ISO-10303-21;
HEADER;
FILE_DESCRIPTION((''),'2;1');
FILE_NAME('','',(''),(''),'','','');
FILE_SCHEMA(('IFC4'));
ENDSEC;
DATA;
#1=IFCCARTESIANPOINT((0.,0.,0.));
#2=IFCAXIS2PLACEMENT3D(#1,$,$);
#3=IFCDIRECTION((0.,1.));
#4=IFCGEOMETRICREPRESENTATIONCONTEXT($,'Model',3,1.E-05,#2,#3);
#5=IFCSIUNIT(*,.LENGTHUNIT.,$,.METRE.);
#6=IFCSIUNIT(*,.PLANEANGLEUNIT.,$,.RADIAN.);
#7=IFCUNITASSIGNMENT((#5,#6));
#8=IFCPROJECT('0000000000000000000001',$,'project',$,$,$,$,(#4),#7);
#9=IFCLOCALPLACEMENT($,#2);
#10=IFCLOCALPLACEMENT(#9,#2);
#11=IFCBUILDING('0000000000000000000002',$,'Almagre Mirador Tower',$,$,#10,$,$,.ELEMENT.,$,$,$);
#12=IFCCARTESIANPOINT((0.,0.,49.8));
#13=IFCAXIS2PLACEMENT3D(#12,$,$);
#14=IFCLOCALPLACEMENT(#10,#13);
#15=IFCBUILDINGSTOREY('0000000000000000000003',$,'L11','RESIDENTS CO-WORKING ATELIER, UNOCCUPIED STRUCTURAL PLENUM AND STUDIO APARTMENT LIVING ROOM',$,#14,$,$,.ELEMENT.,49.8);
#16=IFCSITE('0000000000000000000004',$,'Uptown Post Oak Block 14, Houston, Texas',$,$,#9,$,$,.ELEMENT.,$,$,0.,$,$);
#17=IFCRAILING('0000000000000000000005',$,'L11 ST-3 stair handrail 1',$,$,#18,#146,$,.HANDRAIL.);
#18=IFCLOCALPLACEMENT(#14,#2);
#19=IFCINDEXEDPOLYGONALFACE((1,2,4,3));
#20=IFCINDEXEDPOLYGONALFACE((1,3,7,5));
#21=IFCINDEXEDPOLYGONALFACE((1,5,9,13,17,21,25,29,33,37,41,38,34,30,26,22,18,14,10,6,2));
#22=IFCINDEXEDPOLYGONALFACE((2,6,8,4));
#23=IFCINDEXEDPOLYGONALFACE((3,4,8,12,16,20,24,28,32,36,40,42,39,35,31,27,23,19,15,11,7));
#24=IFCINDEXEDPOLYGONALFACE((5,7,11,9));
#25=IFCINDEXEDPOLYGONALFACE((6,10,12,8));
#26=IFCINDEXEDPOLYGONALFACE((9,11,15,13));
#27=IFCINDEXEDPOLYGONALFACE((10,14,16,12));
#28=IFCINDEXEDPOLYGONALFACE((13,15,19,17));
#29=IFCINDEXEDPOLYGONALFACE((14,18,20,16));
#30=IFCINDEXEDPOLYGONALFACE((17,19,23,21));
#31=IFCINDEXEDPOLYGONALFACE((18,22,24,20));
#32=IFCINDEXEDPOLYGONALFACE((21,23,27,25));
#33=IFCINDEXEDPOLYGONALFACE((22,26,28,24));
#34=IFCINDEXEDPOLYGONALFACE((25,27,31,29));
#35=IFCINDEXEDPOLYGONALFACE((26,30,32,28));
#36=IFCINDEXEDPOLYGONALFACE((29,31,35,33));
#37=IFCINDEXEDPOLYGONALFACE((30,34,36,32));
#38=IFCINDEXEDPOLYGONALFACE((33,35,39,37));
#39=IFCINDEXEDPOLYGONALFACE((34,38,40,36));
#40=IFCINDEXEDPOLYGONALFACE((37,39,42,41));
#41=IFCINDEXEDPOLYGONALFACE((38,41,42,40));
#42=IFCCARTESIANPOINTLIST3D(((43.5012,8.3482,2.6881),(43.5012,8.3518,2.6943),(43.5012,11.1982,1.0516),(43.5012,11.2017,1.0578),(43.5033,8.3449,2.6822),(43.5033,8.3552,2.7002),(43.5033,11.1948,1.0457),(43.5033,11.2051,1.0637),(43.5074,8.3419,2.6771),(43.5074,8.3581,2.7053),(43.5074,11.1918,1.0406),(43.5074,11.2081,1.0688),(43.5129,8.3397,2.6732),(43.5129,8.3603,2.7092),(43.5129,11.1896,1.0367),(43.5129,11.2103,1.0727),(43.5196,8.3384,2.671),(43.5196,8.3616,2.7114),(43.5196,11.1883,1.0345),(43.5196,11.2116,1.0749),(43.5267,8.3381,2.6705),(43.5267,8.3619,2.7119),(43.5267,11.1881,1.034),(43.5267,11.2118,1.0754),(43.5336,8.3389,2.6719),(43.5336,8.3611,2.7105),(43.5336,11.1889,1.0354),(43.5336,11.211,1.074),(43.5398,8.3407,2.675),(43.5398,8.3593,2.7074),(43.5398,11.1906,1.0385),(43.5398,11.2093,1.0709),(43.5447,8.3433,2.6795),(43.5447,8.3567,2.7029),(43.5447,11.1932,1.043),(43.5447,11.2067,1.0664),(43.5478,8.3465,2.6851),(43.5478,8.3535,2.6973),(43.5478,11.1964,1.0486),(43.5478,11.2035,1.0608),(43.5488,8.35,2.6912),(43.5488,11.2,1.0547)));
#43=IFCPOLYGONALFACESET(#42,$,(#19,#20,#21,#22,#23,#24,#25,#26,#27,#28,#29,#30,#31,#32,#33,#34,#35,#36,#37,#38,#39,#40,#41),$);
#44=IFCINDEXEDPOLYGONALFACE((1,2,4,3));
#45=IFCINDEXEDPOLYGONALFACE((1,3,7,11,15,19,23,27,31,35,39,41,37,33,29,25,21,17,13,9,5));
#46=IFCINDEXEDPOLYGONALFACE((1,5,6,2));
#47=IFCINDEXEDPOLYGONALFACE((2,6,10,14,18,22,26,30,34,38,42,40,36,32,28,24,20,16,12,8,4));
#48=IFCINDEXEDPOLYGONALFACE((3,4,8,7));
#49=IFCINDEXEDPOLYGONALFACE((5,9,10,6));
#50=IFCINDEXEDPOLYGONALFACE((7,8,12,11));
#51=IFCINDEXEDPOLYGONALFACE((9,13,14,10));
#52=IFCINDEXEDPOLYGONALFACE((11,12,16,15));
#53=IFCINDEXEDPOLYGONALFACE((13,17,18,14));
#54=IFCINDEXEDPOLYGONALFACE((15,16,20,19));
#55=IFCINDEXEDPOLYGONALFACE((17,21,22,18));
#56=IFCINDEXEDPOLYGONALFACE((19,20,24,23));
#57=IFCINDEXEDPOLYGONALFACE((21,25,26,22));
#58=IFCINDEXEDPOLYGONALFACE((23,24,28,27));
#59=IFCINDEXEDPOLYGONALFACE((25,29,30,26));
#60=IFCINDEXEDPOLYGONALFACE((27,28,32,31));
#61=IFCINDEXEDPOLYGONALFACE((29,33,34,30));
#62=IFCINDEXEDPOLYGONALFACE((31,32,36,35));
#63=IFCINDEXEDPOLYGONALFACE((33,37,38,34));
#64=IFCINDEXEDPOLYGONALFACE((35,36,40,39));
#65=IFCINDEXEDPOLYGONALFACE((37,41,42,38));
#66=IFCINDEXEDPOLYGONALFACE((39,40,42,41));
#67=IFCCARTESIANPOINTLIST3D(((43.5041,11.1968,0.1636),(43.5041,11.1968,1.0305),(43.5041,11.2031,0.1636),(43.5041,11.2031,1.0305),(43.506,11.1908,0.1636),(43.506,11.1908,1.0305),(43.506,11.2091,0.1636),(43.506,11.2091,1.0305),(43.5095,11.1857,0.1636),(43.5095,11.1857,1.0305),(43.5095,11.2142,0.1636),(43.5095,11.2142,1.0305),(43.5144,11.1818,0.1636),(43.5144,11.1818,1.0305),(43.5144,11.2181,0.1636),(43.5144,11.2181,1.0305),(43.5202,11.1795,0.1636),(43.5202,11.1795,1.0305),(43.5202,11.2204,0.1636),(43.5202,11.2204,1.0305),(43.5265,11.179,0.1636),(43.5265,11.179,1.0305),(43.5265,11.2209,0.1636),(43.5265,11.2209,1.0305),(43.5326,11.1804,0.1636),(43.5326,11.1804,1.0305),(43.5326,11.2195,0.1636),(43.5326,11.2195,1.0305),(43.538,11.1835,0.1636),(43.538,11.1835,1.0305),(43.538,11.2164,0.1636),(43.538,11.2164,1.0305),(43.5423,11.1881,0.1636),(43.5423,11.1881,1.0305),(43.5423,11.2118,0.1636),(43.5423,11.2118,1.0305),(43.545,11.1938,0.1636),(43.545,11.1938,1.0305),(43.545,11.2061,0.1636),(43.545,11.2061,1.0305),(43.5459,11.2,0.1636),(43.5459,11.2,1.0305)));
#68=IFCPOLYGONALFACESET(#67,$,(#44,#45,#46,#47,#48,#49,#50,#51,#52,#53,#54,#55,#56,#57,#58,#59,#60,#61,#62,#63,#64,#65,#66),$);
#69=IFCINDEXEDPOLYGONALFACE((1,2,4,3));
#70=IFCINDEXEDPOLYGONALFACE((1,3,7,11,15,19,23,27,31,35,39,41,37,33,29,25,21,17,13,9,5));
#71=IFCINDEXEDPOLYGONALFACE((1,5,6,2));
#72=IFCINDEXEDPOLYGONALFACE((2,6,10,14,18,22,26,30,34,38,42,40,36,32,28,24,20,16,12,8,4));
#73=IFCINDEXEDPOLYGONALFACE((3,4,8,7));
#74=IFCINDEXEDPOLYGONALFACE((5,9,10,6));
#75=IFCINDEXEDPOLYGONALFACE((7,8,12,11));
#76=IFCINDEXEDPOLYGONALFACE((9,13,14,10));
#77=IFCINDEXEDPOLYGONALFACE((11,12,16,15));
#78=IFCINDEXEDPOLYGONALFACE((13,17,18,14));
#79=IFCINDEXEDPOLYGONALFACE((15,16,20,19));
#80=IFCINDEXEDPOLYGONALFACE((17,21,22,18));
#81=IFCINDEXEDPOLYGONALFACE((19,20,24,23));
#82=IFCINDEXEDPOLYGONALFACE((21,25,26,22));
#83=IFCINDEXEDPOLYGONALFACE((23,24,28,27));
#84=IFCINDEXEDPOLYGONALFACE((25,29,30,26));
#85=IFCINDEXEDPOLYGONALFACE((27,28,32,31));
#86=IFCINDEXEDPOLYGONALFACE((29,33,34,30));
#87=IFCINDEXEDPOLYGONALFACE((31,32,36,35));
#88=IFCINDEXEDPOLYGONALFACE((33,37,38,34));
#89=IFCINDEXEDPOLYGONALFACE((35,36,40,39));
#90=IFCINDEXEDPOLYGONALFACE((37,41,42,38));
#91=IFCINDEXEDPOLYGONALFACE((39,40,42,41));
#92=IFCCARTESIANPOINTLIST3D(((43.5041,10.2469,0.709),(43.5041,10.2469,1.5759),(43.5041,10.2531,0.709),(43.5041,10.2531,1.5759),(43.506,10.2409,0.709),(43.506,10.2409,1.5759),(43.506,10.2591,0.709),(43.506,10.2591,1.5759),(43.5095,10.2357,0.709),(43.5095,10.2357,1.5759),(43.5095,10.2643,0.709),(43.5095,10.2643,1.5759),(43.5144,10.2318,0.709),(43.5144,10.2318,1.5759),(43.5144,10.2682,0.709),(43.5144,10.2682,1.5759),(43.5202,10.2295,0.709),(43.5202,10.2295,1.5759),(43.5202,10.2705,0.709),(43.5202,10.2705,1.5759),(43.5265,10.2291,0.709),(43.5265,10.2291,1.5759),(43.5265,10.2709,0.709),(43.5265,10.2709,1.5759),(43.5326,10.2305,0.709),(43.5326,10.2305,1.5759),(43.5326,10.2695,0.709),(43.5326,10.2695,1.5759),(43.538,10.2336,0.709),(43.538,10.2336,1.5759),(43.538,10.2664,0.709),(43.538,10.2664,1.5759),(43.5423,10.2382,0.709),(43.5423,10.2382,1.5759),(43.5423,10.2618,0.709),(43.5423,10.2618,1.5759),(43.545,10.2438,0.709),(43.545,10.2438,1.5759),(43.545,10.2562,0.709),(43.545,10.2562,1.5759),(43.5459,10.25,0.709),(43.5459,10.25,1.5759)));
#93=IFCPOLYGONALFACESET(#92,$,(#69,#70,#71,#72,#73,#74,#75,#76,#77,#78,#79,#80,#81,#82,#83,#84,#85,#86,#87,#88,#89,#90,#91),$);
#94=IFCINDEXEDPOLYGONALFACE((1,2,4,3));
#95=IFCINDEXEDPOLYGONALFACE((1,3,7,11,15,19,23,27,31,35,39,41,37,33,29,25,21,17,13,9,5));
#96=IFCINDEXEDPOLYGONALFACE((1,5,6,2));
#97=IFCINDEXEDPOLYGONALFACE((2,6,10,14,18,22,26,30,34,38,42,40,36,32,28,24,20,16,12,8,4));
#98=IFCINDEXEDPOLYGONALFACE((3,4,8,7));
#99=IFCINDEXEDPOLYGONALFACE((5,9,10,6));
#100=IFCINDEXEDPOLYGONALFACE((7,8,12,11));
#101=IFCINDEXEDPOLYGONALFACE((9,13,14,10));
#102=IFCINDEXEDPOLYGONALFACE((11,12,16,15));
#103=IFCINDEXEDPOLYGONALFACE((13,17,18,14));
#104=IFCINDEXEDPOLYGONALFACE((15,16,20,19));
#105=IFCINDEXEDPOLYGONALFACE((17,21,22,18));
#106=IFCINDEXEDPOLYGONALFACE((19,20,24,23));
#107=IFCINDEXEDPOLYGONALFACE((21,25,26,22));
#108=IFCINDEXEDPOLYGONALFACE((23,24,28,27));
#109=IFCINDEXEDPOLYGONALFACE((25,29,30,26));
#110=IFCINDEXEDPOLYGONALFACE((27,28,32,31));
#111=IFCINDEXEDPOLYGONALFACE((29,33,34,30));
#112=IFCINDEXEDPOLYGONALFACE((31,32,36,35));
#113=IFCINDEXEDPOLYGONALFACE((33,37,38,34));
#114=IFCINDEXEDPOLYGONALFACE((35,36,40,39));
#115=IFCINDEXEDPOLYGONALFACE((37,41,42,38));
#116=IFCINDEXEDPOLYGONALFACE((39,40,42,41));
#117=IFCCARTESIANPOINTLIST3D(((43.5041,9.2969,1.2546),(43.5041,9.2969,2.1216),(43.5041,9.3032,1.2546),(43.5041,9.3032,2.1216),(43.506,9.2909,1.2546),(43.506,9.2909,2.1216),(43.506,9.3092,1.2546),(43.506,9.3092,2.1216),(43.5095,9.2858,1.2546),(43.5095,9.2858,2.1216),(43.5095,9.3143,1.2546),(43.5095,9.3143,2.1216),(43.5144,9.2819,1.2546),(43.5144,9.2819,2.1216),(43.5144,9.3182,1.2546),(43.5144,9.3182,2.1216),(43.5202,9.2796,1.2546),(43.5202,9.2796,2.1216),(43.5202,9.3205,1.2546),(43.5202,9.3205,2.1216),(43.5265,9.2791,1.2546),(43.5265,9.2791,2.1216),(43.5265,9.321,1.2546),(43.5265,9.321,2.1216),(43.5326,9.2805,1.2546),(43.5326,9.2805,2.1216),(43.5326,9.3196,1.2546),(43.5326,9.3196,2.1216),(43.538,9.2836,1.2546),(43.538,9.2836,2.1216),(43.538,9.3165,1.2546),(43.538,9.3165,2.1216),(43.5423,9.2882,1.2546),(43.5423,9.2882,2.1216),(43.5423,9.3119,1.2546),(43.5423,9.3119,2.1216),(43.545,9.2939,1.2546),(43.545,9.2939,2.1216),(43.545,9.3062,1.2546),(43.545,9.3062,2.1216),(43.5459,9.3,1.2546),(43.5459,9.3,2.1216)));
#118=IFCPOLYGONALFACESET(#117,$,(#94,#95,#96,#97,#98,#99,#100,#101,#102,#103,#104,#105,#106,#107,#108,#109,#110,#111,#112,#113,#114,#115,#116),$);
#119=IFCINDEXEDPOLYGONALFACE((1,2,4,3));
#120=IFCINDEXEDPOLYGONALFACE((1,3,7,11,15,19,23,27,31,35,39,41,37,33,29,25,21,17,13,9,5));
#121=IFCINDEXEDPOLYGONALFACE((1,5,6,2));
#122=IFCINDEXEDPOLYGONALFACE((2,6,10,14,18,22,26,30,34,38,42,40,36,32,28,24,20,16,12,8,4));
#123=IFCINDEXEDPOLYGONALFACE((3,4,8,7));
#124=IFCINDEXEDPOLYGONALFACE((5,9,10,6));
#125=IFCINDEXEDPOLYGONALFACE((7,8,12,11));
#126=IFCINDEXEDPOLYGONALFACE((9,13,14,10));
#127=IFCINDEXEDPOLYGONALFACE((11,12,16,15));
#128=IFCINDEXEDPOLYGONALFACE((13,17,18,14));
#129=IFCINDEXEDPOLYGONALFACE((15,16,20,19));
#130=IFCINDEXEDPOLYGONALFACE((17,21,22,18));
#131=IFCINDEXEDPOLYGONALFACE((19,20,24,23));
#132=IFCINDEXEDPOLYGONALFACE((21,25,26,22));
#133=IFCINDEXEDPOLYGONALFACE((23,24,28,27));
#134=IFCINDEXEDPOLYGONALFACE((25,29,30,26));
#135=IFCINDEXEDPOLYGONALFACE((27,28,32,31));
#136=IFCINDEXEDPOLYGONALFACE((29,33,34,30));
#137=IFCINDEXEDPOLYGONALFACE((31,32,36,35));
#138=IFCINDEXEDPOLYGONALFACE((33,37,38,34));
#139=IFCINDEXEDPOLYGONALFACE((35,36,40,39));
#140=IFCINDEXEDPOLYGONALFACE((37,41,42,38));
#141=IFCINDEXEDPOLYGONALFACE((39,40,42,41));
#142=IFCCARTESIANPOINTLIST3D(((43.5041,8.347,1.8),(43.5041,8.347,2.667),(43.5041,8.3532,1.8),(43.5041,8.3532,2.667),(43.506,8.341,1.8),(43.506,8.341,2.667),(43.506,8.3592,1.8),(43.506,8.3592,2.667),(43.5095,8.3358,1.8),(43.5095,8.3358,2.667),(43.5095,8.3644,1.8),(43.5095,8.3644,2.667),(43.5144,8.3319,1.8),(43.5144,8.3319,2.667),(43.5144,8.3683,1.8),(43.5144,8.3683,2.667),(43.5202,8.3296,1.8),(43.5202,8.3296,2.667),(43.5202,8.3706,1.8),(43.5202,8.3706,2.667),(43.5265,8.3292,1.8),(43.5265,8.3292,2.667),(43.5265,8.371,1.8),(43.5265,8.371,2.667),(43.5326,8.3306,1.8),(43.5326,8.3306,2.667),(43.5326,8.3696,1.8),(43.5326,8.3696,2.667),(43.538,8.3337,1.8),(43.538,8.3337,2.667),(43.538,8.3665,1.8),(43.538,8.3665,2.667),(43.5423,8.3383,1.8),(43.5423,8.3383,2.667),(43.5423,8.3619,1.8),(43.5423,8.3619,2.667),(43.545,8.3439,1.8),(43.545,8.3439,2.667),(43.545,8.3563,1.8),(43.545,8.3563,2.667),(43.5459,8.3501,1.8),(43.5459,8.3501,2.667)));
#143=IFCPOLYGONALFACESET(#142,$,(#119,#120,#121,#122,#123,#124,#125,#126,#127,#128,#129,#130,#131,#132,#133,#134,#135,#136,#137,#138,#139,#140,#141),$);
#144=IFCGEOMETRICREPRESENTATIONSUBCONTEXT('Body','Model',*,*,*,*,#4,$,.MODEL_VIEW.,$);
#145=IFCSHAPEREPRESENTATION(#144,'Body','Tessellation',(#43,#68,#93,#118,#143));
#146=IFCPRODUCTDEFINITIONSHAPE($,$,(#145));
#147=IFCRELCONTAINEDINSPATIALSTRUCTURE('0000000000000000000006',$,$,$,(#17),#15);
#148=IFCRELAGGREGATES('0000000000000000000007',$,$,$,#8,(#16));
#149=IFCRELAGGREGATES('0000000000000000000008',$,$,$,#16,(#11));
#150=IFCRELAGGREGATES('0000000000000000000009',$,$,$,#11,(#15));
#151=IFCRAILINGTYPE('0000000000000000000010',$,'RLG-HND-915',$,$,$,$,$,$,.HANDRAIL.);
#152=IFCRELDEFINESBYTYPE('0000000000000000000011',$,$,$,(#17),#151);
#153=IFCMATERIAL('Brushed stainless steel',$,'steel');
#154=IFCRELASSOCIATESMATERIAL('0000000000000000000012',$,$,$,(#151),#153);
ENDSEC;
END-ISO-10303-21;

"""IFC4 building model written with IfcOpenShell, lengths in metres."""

from ifc_helpers import new_model, si_unit, direction, frame, origin, origin_2d, place, context, subcontext, project, spatial, circle, extrude, material, type_object, element, save


model = new_model("IFC4")

# Units and contexts
model_context = context("Model", 3, precision=1e-05, world=origin(), true_north=direction((0.0, 1.0)))
body_context = subcontext(model_context, "Body", "Model", "MODEL_VIEW")
ifc_project = project(units=[si_unit("LENGTHUNIT", "METRE"), si_unit("PLANEANGLEUNIT", "RADIAN")], contexts=[model_context])

# Site, building, storey
site_placement = place(None, origin())
site = spatial("IfcSite", under=ifc_project, at=site_placement, Name="Uptown Post Oak Block 14, Houston, Texas", CompositionType="ELEMENT", RefElevation=0.0)
building_placement = place(site_placement, origin())
building = spatial("IfcBuilding", under=site, at=building_placement, Name="Almagre Mirador Tower", CompositionType="ELEMENT")
storey_placement = place(building_placement, frame((0.0, 0.0, 49.8)))
storey = spatial("IfcBuildingStorey", under=building, at=storey_placement, Name="L11", Description="RESIDENTS CO-WORKING ATELIER, UNOCCUPIED STRUCTURAL PLENUM AND STUDIO APARTMENT LIVING ROOM", CompositionType="ELEMENT", Elevation=49.8)

# Railing
ifc_material_1 = material(Name="Brushed stainless steel", Category="steel")
railing_type_1 = type_object("IfcRailingType", Name="RLG-HND-915", PredefinedType="HANDRAIL", material=ifc_material_1)
railing_1_placement = place(storey_placement, frame((43.5249, 11.2, 0.1636)))
element("IfcRailing", 1, at=railing_1_placement, inside=storey, type_object=railing_type_1, Name="L11 ST-3 stair handrail 1", PredefinedType="HANDRAIL", context=body_context, shape_type="SweptSolid", body=[
    extrude(circle(Radius=0.0239, at=origin_2d()), frame((0.0, 0.0, 0.8911), z_axis=(0.0, -0.867194, 0.49797), x_axis=(1.0, 0.0, 0.0)), (0.0, 0.0, 1.0), 3.2864),
    extrude(circle(Radius=0.021, at=origin_2d()), origin(), (0.0, 0.0, 1.0), 0.8669),
    extrude(circle(Radius=0.021, at=origin_2d()), frame((0.0, -0.95, 0.5454)), (0.0, 0.0, 1.0), 0.8669),
    extrude(circle(Radius=0.021, at=origin_2d()), frame((0.0, -1.8999, 1.0911)), (0.0, 0.0, 1.0), 0.8669),
    extrude(circle(Radius=0.021, at=origin_2d()), frame((0.0, -2.8499, 1.6365)), (0.0, 0.0, 1.0), 0.8669),
])

save(model, "model.ifc")
